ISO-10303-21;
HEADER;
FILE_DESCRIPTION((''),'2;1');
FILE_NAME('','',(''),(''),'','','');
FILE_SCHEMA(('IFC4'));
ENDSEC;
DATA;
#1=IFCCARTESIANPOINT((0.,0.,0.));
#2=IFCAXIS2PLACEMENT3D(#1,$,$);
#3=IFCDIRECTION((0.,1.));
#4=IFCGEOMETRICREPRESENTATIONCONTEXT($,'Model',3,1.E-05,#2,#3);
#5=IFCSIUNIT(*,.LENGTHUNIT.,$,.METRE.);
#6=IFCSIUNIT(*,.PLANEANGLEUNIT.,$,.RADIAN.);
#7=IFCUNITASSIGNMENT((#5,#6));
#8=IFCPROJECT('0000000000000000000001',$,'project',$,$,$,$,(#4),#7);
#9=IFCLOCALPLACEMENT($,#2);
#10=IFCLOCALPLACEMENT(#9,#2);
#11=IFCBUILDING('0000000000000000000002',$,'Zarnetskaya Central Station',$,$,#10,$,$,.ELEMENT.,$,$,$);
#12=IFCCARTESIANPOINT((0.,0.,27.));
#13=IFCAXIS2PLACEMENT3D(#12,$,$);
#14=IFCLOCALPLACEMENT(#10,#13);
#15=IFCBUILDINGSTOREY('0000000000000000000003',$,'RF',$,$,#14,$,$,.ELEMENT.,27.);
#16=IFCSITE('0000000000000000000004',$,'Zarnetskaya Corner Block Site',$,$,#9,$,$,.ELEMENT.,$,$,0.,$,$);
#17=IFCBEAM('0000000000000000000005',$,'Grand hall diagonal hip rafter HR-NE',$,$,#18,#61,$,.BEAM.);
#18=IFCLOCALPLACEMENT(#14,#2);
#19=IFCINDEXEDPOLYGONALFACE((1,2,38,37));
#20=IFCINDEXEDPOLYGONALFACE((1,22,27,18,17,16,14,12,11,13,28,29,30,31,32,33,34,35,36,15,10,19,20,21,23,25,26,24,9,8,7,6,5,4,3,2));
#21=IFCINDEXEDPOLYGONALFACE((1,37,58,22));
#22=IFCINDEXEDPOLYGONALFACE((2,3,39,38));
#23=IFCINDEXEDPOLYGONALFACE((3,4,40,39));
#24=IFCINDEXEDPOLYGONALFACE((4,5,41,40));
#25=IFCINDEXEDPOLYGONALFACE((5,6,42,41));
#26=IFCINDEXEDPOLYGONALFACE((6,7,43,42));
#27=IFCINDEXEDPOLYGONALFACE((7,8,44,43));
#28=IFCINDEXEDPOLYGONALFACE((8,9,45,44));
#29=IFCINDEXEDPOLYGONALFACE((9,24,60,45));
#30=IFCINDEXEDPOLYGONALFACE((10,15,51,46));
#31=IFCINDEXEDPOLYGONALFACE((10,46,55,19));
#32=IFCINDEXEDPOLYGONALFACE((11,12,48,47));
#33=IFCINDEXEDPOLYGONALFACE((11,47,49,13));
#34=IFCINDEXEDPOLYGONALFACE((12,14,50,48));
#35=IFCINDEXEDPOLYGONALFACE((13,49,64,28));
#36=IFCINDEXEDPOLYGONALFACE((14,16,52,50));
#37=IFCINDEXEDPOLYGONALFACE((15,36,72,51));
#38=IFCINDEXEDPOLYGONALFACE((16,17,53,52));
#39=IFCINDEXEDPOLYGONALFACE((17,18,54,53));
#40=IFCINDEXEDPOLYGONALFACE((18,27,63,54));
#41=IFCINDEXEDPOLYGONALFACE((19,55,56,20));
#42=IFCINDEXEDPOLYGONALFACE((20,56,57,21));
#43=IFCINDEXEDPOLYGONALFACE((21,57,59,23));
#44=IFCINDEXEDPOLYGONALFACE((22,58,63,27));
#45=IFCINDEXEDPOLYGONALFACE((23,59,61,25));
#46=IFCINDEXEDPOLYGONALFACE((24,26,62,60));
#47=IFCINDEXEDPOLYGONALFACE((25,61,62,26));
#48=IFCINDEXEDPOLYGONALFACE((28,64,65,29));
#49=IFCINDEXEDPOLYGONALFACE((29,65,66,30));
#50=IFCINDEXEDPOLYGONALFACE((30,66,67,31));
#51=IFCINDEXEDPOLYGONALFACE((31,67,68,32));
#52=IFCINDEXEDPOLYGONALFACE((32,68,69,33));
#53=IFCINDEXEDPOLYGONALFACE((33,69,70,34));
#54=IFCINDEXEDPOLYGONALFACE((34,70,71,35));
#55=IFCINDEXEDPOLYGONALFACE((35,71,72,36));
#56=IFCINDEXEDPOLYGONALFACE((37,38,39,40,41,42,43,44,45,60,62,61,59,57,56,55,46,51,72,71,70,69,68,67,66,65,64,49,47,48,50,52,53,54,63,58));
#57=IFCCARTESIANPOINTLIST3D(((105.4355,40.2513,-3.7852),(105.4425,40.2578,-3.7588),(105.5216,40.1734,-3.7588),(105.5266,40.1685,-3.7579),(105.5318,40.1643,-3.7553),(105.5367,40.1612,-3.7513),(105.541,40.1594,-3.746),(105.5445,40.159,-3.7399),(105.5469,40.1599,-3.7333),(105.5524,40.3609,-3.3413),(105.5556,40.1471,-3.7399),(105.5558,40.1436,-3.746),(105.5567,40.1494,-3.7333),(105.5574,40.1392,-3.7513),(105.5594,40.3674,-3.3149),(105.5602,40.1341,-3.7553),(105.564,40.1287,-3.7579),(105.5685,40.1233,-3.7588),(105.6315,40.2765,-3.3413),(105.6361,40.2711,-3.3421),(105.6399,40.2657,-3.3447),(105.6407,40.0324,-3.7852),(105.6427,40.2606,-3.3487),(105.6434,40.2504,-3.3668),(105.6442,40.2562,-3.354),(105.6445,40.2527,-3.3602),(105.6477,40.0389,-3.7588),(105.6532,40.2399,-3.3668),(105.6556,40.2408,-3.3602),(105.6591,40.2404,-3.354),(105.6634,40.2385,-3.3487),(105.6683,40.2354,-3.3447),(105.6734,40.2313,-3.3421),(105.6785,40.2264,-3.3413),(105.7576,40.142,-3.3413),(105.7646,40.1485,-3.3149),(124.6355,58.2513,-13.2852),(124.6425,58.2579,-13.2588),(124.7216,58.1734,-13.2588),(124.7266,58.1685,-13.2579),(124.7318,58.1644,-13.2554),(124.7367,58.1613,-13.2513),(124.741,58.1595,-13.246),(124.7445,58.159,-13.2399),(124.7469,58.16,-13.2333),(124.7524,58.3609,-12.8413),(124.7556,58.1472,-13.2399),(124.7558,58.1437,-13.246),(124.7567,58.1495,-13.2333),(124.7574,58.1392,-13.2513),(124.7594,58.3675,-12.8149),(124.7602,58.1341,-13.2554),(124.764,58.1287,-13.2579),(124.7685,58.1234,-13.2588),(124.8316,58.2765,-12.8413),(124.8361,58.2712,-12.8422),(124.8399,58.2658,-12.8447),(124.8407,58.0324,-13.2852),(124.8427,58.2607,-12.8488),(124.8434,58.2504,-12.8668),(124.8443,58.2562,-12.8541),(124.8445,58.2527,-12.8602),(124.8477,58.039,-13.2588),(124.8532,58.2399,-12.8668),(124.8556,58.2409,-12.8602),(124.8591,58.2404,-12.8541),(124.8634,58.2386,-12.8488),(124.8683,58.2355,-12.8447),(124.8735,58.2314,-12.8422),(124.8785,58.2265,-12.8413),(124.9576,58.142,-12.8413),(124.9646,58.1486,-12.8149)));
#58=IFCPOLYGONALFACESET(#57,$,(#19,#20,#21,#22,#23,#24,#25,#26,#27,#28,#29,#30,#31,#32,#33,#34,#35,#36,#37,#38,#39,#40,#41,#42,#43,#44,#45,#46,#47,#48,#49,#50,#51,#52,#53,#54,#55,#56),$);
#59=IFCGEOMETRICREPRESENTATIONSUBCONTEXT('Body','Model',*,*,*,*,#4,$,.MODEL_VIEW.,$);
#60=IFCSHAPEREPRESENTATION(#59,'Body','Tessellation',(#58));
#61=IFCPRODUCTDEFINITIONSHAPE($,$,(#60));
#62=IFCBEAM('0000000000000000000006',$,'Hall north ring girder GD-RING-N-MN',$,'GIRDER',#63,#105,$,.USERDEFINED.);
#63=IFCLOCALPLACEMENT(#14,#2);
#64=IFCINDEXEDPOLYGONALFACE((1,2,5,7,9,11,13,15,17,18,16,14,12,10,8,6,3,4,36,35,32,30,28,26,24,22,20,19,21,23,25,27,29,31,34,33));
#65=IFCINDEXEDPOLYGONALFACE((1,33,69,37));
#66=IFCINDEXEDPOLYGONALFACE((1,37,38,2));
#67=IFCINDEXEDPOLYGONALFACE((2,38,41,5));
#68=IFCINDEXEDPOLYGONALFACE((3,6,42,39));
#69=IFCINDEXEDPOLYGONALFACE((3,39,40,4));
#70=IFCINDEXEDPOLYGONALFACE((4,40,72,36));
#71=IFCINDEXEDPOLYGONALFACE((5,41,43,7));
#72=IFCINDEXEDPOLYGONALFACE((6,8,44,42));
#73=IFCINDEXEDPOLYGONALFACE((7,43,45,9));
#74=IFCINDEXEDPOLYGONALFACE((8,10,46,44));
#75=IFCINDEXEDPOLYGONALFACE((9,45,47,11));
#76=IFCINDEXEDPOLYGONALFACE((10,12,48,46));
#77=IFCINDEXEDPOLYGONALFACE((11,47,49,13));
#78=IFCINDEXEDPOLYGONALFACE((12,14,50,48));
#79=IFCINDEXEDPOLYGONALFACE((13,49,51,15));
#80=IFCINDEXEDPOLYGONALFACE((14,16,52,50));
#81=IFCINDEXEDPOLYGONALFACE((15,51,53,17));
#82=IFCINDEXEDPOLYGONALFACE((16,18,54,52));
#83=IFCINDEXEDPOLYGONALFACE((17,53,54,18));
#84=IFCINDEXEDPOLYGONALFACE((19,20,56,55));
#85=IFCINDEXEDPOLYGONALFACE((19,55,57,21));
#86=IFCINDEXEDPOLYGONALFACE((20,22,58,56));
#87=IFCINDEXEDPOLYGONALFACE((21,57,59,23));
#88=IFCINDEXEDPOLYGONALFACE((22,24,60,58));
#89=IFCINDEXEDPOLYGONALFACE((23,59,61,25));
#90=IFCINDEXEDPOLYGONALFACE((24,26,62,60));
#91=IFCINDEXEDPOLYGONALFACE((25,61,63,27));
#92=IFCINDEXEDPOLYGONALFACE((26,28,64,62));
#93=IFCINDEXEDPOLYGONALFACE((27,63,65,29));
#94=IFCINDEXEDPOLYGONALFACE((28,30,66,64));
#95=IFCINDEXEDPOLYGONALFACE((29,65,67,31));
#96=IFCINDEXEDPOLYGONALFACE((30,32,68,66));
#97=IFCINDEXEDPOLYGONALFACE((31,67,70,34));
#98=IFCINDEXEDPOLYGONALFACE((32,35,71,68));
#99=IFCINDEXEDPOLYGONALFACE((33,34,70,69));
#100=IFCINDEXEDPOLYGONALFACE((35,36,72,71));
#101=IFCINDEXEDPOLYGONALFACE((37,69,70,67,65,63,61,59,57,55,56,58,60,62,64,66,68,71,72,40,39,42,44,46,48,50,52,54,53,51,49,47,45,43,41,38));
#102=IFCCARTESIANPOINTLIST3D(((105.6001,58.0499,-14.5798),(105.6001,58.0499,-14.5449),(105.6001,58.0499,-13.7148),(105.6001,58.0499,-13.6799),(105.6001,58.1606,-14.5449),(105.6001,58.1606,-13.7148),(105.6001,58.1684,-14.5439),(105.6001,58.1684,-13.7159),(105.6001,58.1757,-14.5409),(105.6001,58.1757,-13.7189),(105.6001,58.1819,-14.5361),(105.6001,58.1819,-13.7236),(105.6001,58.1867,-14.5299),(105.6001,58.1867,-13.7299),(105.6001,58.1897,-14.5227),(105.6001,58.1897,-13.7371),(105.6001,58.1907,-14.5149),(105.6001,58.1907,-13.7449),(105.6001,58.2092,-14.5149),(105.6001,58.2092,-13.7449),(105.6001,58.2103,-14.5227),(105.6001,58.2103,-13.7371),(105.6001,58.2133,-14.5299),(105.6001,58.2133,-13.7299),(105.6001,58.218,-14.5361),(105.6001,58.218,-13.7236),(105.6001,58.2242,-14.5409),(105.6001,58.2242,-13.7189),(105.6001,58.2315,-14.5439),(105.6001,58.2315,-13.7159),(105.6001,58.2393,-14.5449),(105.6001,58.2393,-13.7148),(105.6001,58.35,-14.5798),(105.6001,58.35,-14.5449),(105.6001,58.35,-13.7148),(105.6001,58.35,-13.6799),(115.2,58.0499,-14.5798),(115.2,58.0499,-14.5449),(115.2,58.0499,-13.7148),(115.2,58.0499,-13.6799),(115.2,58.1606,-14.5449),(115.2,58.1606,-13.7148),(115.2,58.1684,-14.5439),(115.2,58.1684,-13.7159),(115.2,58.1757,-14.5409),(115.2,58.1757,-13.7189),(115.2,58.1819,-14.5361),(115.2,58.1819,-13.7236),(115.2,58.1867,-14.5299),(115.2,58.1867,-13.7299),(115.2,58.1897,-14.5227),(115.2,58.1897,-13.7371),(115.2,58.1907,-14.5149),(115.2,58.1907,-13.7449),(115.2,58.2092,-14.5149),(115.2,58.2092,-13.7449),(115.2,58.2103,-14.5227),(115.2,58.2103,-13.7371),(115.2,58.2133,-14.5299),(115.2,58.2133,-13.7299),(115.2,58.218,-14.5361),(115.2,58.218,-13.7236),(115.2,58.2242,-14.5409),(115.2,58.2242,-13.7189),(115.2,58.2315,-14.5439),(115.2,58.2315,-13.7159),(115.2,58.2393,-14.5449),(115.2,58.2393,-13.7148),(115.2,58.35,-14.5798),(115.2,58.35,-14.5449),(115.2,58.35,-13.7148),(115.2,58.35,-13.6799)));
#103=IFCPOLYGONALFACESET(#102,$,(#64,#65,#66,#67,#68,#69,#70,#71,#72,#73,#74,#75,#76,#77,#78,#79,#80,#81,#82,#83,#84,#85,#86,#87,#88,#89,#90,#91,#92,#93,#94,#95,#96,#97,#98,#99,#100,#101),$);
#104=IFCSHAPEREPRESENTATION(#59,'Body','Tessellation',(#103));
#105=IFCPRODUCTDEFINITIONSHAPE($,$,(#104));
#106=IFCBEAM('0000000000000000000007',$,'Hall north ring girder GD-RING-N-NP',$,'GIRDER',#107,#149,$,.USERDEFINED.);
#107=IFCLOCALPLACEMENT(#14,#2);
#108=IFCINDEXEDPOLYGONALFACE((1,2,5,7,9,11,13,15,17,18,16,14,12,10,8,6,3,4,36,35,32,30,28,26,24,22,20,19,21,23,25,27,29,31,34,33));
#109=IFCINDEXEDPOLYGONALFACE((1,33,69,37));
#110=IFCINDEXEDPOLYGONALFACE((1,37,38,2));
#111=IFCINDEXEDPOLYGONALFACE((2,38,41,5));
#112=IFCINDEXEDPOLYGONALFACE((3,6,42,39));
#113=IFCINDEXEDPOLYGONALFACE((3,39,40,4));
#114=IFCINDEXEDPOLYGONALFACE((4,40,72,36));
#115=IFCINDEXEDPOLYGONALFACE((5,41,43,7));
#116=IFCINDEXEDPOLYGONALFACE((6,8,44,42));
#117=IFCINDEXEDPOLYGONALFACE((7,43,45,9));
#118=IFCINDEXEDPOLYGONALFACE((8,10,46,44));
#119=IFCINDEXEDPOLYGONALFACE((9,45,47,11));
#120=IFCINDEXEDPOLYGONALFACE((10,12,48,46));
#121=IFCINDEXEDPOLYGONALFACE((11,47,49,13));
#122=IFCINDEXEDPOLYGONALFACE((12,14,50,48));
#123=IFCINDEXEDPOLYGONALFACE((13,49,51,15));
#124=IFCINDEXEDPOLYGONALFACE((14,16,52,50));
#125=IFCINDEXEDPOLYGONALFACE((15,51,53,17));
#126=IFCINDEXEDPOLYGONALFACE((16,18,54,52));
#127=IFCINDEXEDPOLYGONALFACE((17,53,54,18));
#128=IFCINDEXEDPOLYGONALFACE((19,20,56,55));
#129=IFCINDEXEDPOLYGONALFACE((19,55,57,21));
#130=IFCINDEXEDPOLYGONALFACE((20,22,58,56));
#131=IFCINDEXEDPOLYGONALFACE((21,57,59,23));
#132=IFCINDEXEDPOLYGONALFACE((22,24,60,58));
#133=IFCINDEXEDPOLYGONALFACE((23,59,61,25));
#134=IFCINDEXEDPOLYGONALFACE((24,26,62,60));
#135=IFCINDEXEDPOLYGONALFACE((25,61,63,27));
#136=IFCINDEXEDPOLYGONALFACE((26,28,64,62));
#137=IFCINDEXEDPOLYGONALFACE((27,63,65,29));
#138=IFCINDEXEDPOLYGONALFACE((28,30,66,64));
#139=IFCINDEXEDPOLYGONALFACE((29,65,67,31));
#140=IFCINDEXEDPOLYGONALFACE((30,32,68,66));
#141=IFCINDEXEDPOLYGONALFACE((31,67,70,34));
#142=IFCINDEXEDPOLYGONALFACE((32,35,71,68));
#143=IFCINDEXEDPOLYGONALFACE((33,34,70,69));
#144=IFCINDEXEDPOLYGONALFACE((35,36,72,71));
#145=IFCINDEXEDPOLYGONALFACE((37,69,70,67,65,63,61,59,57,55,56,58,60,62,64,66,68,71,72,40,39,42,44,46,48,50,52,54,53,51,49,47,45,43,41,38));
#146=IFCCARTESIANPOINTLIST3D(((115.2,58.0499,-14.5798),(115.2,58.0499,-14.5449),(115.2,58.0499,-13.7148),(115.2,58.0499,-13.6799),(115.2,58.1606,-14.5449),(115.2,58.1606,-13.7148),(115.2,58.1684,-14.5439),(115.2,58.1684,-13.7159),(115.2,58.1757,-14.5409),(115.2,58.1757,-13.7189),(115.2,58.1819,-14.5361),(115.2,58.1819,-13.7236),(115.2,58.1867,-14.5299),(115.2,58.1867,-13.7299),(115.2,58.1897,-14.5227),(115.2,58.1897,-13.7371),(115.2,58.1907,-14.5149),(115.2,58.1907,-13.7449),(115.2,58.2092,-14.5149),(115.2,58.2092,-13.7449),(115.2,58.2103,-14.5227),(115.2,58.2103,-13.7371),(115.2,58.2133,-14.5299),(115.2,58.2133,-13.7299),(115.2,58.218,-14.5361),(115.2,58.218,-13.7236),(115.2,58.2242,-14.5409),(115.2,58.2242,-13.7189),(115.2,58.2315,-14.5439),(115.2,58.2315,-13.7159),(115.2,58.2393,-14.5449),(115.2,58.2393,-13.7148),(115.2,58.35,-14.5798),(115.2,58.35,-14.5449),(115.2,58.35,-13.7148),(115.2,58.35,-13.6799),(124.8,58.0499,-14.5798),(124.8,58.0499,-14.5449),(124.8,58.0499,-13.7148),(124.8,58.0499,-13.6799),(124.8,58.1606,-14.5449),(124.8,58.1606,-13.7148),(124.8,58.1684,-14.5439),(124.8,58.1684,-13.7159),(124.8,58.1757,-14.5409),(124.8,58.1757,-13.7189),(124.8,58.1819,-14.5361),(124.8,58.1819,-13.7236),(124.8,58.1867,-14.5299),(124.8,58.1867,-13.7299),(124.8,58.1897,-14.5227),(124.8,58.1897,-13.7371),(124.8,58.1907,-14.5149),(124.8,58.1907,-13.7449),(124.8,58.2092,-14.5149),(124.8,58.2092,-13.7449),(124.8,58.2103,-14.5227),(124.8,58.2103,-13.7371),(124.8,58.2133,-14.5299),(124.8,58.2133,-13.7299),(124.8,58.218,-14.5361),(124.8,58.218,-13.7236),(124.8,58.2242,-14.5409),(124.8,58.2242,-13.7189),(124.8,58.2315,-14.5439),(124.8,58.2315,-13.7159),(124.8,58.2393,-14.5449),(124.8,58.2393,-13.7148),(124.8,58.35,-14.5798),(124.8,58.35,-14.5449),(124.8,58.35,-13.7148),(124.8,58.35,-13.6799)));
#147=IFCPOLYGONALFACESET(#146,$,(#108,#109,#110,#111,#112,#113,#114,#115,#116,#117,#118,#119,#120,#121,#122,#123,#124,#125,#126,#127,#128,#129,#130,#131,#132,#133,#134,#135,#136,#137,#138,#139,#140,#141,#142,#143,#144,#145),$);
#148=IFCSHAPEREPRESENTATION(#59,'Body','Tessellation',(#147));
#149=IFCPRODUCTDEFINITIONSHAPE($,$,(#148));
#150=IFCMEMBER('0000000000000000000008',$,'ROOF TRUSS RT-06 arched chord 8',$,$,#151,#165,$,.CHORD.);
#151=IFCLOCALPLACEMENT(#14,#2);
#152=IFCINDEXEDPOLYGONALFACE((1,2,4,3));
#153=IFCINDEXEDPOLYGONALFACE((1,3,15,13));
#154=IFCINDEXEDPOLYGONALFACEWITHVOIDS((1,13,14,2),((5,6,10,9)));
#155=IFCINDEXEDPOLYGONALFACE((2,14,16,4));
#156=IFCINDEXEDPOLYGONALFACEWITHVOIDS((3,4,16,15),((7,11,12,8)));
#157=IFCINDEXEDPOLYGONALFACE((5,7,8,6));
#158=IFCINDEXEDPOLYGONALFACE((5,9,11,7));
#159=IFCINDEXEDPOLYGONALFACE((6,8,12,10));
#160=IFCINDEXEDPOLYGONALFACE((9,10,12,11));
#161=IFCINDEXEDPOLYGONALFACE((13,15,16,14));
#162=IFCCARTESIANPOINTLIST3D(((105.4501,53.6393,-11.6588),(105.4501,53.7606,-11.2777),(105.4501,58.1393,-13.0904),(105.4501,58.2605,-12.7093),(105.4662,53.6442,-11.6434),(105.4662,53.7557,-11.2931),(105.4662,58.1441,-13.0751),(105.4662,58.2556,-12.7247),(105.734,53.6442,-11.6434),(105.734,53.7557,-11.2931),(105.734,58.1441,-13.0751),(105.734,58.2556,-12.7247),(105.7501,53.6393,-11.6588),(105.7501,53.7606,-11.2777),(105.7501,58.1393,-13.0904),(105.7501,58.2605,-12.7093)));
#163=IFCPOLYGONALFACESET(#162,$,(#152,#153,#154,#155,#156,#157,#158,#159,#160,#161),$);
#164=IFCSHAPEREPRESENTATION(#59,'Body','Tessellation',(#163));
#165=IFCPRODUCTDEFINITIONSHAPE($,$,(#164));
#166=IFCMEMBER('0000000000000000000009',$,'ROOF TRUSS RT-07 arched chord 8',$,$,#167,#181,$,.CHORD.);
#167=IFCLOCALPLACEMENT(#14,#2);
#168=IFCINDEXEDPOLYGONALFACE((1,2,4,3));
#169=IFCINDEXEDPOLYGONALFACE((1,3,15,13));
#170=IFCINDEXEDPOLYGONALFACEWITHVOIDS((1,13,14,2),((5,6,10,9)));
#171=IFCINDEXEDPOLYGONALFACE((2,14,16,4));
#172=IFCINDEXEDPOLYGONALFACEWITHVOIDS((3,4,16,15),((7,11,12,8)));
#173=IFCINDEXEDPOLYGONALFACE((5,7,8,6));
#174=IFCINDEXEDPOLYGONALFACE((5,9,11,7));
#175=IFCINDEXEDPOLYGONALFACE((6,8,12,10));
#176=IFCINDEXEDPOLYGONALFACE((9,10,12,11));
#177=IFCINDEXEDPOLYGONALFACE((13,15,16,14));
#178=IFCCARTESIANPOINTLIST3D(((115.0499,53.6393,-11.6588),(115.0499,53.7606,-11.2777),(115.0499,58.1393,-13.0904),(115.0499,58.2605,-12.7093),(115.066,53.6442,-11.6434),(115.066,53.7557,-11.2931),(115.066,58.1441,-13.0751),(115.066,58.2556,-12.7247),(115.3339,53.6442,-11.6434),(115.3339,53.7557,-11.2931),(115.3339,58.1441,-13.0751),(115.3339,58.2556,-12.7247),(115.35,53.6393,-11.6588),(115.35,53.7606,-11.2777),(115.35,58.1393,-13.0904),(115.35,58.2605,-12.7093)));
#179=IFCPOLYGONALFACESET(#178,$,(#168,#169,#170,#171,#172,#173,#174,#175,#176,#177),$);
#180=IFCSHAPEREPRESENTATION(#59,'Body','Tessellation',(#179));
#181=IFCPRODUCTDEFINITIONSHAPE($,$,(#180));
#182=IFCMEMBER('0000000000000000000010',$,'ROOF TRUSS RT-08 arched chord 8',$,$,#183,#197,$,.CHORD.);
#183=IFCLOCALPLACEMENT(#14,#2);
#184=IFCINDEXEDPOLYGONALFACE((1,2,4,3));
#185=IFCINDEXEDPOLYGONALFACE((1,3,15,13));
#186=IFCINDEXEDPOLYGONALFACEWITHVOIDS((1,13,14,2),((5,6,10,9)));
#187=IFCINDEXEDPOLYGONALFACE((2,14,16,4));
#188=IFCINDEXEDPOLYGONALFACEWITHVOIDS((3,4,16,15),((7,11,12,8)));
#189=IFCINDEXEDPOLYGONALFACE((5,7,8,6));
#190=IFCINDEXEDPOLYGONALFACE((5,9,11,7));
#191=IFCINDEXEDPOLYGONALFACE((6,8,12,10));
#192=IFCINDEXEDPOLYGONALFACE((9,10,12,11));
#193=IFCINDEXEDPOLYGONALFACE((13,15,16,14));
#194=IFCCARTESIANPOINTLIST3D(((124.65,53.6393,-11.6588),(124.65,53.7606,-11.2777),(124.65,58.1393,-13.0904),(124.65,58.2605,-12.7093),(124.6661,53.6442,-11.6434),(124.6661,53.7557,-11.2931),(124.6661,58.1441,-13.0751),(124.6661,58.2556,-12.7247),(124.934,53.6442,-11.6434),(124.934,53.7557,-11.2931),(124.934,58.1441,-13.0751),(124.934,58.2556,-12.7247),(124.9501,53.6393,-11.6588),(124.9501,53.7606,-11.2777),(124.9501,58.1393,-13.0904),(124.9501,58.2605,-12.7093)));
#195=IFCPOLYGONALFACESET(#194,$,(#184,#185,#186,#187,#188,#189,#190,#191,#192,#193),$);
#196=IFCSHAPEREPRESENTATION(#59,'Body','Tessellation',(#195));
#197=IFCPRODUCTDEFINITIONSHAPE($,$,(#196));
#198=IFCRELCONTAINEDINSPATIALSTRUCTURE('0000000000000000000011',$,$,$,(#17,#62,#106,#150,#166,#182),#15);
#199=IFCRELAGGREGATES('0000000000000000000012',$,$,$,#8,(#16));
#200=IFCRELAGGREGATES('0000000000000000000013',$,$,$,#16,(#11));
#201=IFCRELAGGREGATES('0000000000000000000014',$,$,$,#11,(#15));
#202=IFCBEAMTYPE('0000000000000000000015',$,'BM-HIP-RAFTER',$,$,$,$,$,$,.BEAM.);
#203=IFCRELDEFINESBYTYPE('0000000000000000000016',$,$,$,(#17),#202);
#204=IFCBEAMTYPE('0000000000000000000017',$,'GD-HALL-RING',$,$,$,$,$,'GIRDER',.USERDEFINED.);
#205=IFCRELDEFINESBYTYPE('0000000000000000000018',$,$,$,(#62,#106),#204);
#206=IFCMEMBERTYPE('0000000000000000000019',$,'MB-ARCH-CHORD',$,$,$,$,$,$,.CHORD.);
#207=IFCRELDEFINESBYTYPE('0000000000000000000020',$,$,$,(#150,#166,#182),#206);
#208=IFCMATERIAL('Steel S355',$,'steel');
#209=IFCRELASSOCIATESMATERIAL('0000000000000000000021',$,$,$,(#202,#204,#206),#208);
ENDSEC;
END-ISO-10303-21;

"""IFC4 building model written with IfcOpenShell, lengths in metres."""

from ifc_helpers import new_model, si_unit, direction, frame, origin, origin_2d, place, context, subcontext, project, spatial, hollow_rectangle, i_section, extrude, material, material_profile, profile_set, type_object, element, save


model = new_model("IFC4")

# Units and contexts
model_context = context("Model", 3, precision=1e-05, world=origin(), true_north=direction((0.0, 1.0)))
body_context = subcontext(model_context, "Body", "Model", "MODEL_VIEW")
ifc_project = project(units=[si_unit("LENGTHUNIT", "METRE"), si_unit("PLANEANGLEUNIT", "RADIAN")], contexts=[model_context])

# Site, building, storey
site_placement = place(None, origin())
site = spatial("IfcSite", under=ifc_project, at=site_placement, Name="Zarnetskaya Corner Block Site", CompositionType="ELEMENT", RefElevation=0.0)
building_placement = place(site_placement, origin())
building = spatial("IfcBuilding", under=site, at=building_placement, Name="Zarnetskaya Central Station", CompositionType="ELEMENT")
storey_placement = place(building_placement, frame((0.0, 0.0, 27.0)))
storey = spatial("IfcBuildingStorey", under=building, at=storey_placement, Name="RF", CompositionType="ELEMENT", Elevation=27.0)

# Beams
ifc_material_1 = material(Name="Steel S355", Category="steel")
ifc_material_profile_1 = material_profile(ifc_material_1, i_section(OverallWidth=0.3, OverallDepth=0.5, WebThickness=0.0144, FlangeThickness=0.0281, FilletRadius=0.0271, at=origin_2d()), Name="HEB 500")
ifc_profile_set_1 = profile_set([ifc_material_profile_1], Name="Steel S355")
beam_type_1 = type_object("IfcBeamType", Name="BM-HIP-RAFTER", PredefinedType="BEAM", material=ifc_profile_set_1)
beam_1_placement = place(storey_placement, frame((124.8, 58.2, -13.05), z_axis=(-0.686199, -0.643313, 0.339527), x_axis=(0.683942, -0.729536, 0.0)))
element("IfcBeam", 1, at=beam_1_placement, inside=storey, type_object=beam_type_1, Name="Grand hall diagonal hip rafter HR-NE", PredefinedType="BEAM", context=body_context, shape_type="SweptSolid", body=[
    extrude(i_section(OverallWidth=0.3, OverallDepth=0.5, WebThickness=0.0144, FlangeThickness=0.0281, FilletRadius=0.0271, at=origin_2d()), origin(), (0.0, 0.0, 1.0), 27.9802),
])
ifc_material_profile_2 = material_profile(ifc_material_1, i_section(OverallWidth=0.3, OverallDepth=0.8999, WebThickness=0.0186, FlangeThickness=0.0349, FilletRadius=0.03, at=origin_2d()), Name="HEB 900")
ifc_profile_set_2 = profile_set([ifc_material_profile_2], Name="Steel S355")
beam_type_2 = type_object("IfcBeamType", Name="GD-HALL-RING", ElementType="GIRDER", PredefinedType="USERDEFINED", material=ifc_profile_set_2)
beam_2_placement = place(storey_placement, frame((105.6001, 58.2, -14.1299), z_axis=(1.0, 0.0, 0.0), x_axis=(0.0, 1.0, 0.0)))
element("IfcBeam", 2, at=beam_2_placement, inside=storey, type_object=beam_type_2, Name="Hall north ring girder GD-RING-N-MN", ObjectType="GIRDER", PredefinedType="USERDEFINED", context=body_context, shape_type="SweptSolid", body=[
    extrude(i_section(OverallWidth=0.3, OverallDepth=0.8999, WebThickness=0.0186, FlangeThickness=0.0349, FilletRadius=0.03, at=origin_2d()), origin(), (0.0, 0.0, 1.0), 9.5999),
])
beam_3_placement = place(storey_placement, frame((115.2, 58.2, -14.1299), z_axis=(1.0, 0.0, 0.0), x_axis=(0.0, 1.0, 0.0)))
element("IfcBeam", 3, at=beam_3_placement, inside=storey, type_object=beam_type_2, Name="Hall north ring girder GD-RING-N-NP", ObjectType="GIRDER", PredefinedType="USERDEFINED", context=body_context, shape_type="SweptSolid", body=[
    extrude(i_section(OverallWidth=0.3, OverallDepth=0.8999, WebThickness=0.0186, FlangeThickness=0.0349, FilletRadius=0.03, at=origin_2d()), origin(), (0.0, 0.0, 1.0), 9.6001),
])

# Members
ifc_material_profile_3 = material_profile(ifc_material_1, hollow_rectangle(XDim=0.3, YDim=0.3999, WallThickness=0.0161, at=origin_2d()), Name="RHS 400x300x16")
ifc_profile_set_3 = profile_set([ifc_material_profile_3], Name="Steel S355")
member_type_1 = type_object("IfcMemberType", Name="MB-ARCH-CHORD", PredefinedType="CHORD", material=ifc_profile_set_3)
for number, where, z_axis, x_axis, name in (
    (4, (105.6001, 53.7, -11.4683), (0.0, 0.952937, -0.30317), (-1.0, 0.0, 0.0), "ROOF TRUSS RT-06 arched chord 8"),
    (5, (115.2, 53.7, -11.4683), (0.0, 0.952937, -0.30317), (-1.0, 0.0, 0.0), "ROOF TRUSS RT-07 arched chord 8"),
    (6, (124.8, 53.7, -11.4683), (0.0, 0.952937, -0.30317), (-1.0, 0.0, 0.0), "ROOF TRUSS RT-08 arched chord 8"),
):
    element("IfcMember", number, at=place(storey_placement, frame(where, z_axis=z_axis, x_axis=x_axis)), inside=storey, type_object=member_type_1, Name=name, PredefinedType="CHORD", context=body_context, shape_type="SweptSolid", body=[
        extrude(hollow_rectangle(XDim=0.3, YDim=0.3999, WallThickness=0.0161, at=origin_2d()), origin(), (0.0, 0.0, 1.0), 4.7222),
    ])

save(model, "model.ifc")
